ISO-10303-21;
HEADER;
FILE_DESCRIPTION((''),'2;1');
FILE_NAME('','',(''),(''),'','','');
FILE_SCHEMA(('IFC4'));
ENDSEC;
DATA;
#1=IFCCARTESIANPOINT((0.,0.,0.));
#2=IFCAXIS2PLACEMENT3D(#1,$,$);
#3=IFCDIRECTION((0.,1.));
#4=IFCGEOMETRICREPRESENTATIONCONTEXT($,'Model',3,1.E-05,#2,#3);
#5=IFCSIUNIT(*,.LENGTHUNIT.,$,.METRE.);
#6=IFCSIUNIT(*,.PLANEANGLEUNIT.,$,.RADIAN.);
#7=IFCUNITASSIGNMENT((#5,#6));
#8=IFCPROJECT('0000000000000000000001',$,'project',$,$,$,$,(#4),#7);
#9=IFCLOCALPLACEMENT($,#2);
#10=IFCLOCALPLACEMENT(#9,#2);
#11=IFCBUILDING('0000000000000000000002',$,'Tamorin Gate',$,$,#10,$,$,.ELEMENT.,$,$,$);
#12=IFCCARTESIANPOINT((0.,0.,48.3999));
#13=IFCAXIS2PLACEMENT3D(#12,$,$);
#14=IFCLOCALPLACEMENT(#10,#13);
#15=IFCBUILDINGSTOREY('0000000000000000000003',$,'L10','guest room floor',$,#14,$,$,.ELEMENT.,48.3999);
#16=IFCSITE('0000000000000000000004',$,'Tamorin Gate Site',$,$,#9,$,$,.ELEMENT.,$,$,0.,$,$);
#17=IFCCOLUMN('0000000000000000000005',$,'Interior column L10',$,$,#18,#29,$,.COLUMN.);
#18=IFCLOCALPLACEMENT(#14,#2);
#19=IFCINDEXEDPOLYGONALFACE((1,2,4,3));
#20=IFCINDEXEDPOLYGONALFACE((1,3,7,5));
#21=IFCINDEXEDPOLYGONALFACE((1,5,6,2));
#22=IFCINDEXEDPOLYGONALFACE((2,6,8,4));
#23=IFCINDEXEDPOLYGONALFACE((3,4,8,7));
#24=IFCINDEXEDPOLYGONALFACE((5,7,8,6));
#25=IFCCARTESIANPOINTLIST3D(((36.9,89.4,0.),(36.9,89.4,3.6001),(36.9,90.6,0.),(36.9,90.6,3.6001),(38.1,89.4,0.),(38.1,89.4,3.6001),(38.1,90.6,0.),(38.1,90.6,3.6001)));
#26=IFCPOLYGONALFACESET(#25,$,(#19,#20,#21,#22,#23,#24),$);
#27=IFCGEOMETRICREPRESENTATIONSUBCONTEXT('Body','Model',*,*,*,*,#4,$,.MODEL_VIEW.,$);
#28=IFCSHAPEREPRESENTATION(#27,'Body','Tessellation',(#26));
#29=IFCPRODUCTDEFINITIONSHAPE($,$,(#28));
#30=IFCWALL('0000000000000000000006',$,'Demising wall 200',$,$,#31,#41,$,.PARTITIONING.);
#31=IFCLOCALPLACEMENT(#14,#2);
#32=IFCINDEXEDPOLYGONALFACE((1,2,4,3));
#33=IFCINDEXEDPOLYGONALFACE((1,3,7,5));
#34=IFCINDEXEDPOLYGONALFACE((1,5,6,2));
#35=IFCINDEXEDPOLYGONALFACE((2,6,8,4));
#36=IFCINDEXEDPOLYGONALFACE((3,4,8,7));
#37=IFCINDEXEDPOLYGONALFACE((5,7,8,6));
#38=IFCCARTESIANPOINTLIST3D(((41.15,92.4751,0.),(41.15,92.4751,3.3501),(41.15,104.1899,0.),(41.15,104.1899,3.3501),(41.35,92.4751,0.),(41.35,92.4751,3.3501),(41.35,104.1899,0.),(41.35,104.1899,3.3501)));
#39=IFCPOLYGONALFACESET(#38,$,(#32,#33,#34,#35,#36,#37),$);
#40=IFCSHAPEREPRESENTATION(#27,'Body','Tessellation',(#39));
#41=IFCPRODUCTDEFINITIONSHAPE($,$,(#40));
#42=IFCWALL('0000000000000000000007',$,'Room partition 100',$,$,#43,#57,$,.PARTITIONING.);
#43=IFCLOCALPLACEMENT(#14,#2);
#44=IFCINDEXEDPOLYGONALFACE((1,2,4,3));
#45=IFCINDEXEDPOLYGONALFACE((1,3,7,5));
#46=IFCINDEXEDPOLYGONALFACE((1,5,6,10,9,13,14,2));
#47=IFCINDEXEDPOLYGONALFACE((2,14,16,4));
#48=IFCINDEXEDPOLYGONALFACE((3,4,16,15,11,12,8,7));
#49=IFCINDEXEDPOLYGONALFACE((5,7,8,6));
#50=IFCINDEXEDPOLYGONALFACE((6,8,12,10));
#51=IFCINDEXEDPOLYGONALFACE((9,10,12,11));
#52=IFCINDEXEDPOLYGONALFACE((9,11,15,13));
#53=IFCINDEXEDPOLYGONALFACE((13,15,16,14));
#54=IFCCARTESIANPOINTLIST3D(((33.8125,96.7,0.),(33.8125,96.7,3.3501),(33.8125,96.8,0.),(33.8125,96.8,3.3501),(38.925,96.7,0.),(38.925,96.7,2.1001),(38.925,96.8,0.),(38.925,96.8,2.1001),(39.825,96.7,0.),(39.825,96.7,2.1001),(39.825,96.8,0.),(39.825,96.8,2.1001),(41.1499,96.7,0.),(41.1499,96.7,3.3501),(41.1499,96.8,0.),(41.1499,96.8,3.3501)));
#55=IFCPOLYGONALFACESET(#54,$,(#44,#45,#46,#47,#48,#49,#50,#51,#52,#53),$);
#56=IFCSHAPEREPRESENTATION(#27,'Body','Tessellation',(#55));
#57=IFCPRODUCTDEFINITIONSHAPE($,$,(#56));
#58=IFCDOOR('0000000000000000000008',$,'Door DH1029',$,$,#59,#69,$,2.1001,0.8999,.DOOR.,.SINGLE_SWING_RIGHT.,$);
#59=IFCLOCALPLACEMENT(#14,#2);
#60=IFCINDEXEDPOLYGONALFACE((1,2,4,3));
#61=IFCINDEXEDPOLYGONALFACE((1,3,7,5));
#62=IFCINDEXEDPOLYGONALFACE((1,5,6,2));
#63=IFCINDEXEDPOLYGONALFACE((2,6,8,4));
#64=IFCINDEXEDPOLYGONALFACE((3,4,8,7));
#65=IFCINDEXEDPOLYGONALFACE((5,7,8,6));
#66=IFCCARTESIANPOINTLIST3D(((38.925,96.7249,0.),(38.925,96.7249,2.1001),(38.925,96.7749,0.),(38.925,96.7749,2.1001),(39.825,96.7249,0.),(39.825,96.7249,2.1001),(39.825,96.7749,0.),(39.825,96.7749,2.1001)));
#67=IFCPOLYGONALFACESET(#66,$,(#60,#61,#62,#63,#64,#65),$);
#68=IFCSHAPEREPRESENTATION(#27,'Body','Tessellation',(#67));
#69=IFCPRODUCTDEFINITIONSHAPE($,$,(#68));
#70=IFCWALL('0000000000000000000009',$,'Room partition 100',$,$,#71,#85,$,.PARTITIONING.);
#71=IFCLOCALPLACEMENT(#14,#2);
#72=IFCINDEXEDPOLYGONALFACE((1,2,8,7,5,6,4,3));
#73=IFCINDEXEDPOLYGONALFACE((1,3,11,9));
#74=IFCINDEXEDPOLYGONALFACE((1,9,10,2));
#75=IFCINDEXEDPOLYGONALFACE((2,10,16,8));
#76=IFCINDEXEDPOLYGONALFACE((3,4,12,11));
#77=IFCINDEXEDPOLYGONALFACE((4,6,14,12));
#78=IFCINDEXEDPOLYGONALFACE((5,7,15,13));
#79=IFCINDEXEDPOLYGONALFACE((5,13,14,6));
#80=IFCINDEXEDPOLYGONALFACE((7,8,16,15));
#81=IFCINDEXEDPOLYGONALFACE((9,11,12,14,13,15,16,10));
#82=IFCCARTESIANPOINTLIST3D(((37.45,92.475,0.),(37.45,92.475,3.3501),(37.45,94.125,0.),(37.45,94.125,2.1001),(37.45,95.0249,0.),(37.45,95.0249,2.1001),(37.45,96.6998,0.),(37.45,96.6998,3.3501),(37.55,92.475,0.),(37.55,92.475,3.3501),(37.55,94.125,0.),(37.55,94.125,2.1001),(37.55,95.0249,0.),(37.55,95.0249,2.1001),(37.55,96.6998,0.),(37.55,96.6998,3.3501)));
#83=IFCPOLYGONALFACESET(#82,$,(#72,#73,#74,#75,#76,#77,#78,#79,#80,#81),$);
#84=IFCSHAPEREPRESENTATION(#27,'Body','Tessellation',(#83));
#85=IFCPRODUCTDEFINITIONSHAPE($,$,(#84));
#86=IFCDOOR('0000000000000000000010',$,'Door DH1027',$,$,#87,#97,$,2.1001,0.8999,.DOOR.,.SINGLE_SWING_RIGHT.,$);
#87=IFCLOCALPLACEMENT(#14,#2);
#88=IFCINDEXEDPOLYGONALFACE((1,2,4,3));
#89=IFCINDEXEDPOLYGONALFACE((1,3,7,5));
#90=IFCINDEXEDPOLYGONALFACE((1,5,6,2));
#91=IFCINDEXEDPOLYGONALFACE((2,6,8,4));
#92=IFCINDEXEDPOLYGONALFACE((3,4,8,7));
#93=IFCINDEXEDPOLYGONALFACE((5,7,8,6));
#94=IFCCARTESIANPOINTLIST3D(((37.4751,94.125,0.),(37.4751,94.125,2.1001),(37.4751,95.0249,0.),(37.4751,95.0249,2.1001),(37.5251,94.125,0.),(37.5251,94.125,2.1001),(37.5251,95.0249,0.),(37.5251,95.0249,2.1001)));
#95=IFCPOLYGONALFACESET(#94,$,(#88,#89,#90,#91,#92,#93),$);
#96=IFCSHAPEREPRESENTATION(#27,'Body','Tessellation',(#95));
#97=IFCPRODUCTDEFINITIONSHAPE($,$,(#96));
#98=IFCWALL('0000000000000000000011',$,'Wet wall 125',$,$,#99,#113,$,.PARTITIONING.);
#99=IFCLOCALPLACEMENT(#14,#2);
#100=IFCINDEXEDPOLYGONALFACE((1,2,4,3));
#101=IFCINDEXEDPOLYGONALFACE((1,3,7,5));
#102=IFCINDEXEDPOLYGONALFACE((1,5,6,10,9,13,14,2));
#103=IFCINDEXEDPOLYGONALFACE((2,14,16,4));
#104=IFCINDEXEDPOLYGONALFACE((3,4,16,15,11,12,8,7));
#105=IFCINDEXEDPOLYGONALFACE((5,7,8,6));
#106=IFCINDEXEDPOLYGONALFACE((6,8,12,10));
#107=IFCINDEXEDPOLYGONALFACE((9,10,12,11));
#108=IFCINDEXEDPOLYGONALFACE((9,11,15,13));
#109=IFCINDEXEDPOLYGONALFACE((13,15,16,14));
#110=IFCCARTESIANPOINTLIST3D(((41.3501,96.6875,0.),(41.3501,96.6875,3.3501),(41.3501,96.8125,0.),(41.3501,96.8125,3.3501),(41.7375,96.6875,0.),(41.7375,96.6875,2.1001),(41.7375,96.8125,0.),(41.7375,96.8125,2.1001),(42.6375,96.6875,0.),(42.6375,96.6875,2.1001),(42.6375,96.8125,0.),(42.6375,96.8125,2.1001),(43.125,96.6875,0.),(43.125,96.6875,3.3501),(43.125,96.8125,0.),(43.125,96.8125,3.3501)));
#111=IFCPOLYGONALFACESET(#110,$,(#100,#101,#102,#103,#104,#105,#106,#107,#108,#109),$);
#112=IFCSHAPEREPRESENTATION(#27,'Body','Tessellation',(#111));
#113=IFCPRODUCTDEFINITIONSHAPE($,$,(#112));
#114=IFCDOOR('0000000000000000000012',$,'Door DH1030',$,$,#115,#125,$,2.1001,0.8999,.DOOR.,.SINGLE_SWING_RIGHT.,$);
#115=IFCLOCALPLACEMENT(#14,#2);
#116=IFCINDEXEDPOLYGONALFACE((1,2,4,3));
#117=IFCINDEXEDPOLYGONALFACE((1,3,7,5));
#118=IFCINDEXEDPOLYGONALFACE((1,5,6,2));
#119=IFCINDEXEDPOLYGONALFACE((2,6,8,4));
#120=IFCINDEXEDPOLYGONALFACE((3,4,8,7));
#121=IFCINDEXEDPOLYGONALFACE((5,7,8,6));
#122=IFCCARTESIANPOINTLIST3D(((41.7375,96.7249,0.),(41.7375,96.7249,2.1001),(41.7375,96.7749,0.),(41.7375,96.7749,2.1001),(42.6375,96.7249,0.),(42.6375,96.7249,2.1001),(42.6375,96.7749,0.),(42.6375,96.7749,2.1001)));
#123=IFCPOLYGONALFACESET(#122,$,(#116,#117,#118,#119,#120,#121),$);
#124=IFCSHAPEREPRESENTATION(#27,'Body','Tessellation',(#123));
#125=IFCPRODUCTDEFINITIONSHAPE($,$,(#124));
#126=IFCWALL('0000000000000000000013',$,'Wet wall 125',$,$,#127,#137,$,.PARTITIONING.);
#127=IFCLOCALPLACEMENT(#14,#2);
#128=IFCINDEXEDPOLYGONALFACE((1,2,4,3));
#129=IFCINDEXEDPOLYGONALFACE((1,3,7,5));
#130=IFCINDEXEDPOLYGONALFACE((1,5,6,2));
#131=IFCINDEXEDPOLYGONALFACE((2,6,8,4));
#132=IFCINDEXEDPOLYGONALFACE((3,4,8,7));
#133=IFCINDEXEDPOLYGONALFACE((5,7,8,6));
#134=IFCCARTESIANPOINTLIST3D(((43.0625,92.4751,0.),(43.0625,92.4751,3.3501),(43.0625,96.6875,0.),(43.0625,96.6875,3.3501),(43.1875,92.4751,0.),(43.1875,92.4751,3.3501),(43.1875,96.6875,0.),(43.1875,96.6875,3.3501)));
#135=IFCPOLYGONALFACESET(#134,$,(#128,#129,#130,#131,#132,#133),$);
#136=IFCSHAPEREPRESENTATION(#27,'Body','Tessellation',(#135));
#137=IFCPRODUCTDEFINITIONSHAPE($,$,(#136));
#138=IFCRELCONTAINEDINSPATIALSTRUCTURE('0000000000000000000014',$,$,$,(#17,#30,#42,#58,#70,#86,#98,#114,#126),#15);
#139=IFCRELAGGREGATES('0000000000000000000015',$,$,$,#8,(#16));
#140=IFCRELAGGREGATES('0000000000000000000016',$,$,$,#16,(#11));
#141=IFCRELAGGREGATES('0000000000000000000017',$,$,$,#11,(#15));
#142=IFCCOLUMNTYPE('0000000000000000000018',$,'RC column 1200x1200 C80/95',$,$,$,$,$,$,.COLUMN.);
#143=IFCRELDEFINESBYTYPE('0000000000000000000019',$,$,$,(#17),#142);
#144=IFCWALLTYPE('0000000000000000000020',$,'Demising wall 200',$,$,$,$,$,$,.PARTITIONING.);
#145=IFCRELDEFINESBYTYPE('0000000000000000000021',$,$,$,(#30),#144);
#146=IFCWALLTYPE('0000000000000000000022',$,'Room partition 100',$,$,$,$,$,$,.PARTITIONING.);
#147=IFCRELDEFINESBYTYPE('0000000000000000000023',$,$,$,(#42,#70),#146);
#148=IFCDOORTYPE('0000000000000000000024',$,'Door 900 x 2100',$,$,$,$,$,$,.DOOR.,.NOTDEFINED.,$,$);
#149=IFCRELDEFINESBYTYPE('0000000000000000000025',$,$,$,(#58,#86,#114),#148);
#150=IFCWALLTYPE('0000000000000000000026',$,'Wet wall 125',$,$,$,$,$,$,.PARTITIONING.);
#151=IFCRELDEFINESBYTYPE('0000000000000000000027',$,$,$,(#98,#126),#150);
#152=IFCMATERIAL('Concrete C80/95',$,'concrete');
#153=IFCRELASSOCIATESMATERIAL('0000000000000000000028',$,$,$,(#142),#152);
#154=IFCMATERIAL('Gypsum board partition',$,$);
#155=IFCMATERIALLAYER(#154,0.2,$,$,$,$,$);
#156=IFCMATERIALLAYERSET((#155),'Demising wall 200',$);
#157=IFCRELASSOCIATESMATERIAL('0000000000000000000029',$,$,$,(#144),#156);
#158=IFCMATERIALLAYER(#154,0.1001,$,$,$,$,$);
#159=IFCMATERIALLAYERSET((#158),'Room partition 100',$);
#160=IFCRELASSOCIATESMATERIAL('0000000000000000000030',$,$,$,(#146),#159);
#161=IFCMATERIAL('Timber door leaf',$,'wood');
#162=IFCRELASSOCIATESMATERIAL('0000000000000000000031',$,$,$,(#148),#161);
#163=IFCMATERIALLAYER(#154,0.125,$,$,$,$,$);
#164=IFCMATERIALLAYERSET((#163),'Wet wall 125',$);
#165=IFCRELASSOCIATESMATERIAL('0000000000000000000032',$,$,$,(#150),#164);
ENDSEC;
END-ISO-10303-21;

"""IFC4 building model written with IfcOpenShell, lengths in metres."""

from ifc_helpers import new_model, si_unit, direction, frame, frame_2d, origin, origin_2d, place, context, subcontext, project, spatial, rectangle, extrude, material, layer, layer_set, material_profile, profile_set, type_object, element, fill, save


model = new_model("IFC4")

# Units and contexts
model_context = context("Model", 3, precision=1e-05, world=origin(), true_north=direction((0.0, 1.0)))
body_context = subcontext(model_context, "Body", "Model", "MODEL_VIEW")
ifc_project = project(units=[si_unit("LENGTHUNIT", "METRE"), si_unit("PLANEANGLEUNIT", "RADIAN")], contexts=[model_context])

# Site, building, storey
site_placement = place(None, origin())
site = spatial("IfcSite", under=ifc_project, at=site_placement, Name="Tamorin Gate Site", CompositionType="ELEMENT", RefElevation=0.0)
building_placement = place(site_placement, origin())
building = spatial("IfcBuilding", under=site, at=building_placement, Name="Tamorin Gate", CompositionType="ELEMENT")
storey_placement = place(building_placement, frame((0.0, 0.0, 48.3999)))
storey = spatial("IfcBuildingStorey", under=building, at=storey_placement, Name="L10", Description="guest room floor", CompositionType="ELEMENT", Elevation=48.3999)

# Column
ifc_material_1 = material(Name="Concrete C80/95", Category="concrete")
ifc_material_profile = material_profile(ifc_material_1, rectangle(XDim=1.2, YDim=1.2, at=origin_2d()), Name="RC 1200x1200")
ifc_profile_set = profile_set([ifc_material_profile], Name="Concrete C80/95")
column_type = type_object("IfcColumnType", Name="RC column 1200x1200 C80/95", PredefinedType="COLUMN", material=ifc_profile_set)
column_placement = place(storey_placement, frame((37.5, 90.0, 0.0), z_axis=(0.0, 0.0, 1.0), x_axis=(1.0, 0.0, 0.0)))
element("IfcColumn", 1, at=column_placement, inside=storey, type_object=column_type, Name="Interior column L10", PredefinedType="COLUMN", context=body_context, shape_type="SweptSolid", body=[
    extrude(rectangle(XDim=1.2, YDim=1.2, at=origin_2d()), origin(), (0.0, 0.0, 1.0), 3.6001),
])

# Wall
ifc_material_2 = material(Name="Gypsum board partition")
ifc_layer_1 = layer(ifc_material_2, 0.2)
ifc_layer_set_1 = layer_set([ifc_layer_1], Name="Demising wall 200")
wall_type_1 = type_object("IfcWallType", Name="Demising wall 200", PredefinedType="PARTITIONING", material=ifc_layer_set_1)
wall_1_placement = place(storey_placement, frame((41.25, 92.4751, 0.0), z_axis=(0.0, 0.0, 1.0), x_axis=(0.0, 1.0, 0.0)))
element("IfcWall", 2, at=wall_1_placement, inside=storey, type_object=wall_type_1, Name="Demising wall 200", PredefinedType="PARTITIONING", context=body_context, shape_type="SweptSolid", body=[
    extrude(rectangle(XDim=11.7148, YDim=0.2, at=frame_2d((5.8574, 0.0))), origin(), (0.0, 0.0, 1.0), 3.3501),
])

# Walls, openings, doors
ifc_layer_2 = layer(ifc_material_2, 0.1001)
ifc_layer_set_2 = layer_set([ifc_layer_2], Name="Room partition 100")
wall_type_2 = type_object("IfcWallType", Name="Room partition 100", PredefinedType="PARTITIONING", material=ifc_layer_set_2)
wall_2_placement = place(storey_placement, frame((33.8125, 96.75, 0.0), z_axis=(0.0, 0.0, 1.0), x_axis=(1.0, 0.0, 0.0)))
wall_2 = element("IfcWall", 3, at=wall_2_placement, inside=storey, type_object=wall_type_2, Name="Room partition 100", PredefinedType="PARTITIONING", context=body_context, shape_type="SweptSolid", body=[
    extrude(rectangle(XDim=7.3374, YDim=0.1001, at=frame_2d((3.6687, 0.0))), origin(), (0.0, 0.0, 1.0), 3.3501),
])
opening_1_placement = place(wall_2_placement, frame((5.1125, 0.0, 0.0)))
opening_1 = element("IfcOpeningElement", 4, at=opening_1_placement, cuts=wall_2, PredefinedType="OPENING", context=body_context, shape_type="SweptSolid", body=[
    extrude(rectangle(XDim=0.8999, YDim=2.1001, at=frame_2d((0.45, 1.05))), frame((0.0, 0.0601, 0.0), z_axis=(0.0, -1.0, 0.0), x_axis=(1.0, 0.0, 0.0)), (0.0, 0.0, 1.0), 0.1201),
])
ifc_material_3 = material(Name="Timber door leaf", Category="wood")
door_type = type_object("IfcDoorType", Name="Door 900 x 2100", OperationType="NOTDEFINED", PredefinedType="DOOR", material=ifc_material_3)
door_1_placement = place(opening_1_placement, origin())
door_1 = element("IfcDoor", 5, at=door_1_placement, inside=storey, type_object=door_type, Name="Door DH1029", OperationType="SINGLE_SWING_RIGHT", OverallHeight=2.1001, OverallWidth=0.8999, PredefinedType="DOOR", context=body_context, shape_type="SweptSolid", body=[
    extrude(rectangle(XDim=0.8999, YDim=2.1001, at=frame_2d((0.45, 1.05))), frame((0.0, 0.0249, 0.0), z_axis=(0.0, -1.0, 0.0), x_axis=(1.0, 0.0, 0.0)), (0.0, 0.0, 1.0), 0.05),
])
fill(opening_1, door_1)
wall_3_placement = place(storey_placement, frame((37.5, 92.4751, 0.0), z_axis=(0.0, 0.0, 1.0), x_axis=(0.0, 1.0, 0.0)))
wall_3 = element("IfcWall", 6, at=wall_3_placement, inside=storey, type_object=wall_type_2, Name="Room partition 100", PredefinedType="PARTITIONING", context=body_context, shape_type="SweptSolid", body=[
    extrude(rectangle(XDim=4.2249, YDim=0.1001, at=frame_2d((2.1123, 0.0))), origin(), (0.0, 0.0, 1.0), 3.3501),
])
opening_2_placement = place(wall_3_placement, frame((1.6499, 0.0, 0.0)))
opening_2 = element("IfcOpeningElement", 7, at=opening_2_placement, cuts=wall_3, PredefinedType="OPENING", context=body_context, shape_type="SweptSolid", body=[
    extrude(rectangle(XDim=0.8999, YDim=2.1001, at=frame_2d((0.45, 1.05))), frame((0.0, 0.0601, 0.0), z_axis=(0.0, -1.0, 0.0), x_axis=(1.0, 0.0, 0.0)), (0.0, 0.0, 1.0), 0.1201),
])
door_2_placement = place(opening_2_placement, origin())
door_2 = element("IfcDoor", 8, at=door_2_placement, inside=storey, type_object=door_type, Name="Door DH1027", OperationType="SINGLE_SWING_RIGHT", OverallHeight=2.1001, OverallWidth=0.8999, PredefinedType="DOOR", context=body_context, shape_type="SweptSolid", body=[
    extrude(rectangle(XDim=0.8999, YDim=2.1001, at=frame_2d((0.45, 1.05))), frame((0.0, 0.0249, 0.0), z_axis=(0.0, -1.0, 0.0), x_axis=(1.0, 0.0, 0.0)), (0.0, 0.0, 1.0), 0.05),
])
fill(opening_2, door_2)
ifc_layer_3 = layer(ifc_material_2, 0.125)
ifc_layer_set_3 = layer_set([ifc_layer_3], Name="Wet wall 125")
wall_type_3 = type_object("IfcWallType", Name="Wet wall 125", PredefinedType="PARTITIONING", material=ifc_layer_set_3)
wall_4_placement = place(storey_placement, frame((41.3501, 96.75, 0.0), z_axis=(0.0, 0.0, 1.0), x_axis=(1.0, 0.0, 0.0)))
wall_4 = element("IfcWall", 9, at=wall_4_placement, inside=storey, type_object=wall_type_3, Name="Wet wall 125", PredefinedType="PARTITIONING", context=body_context, shape_type="SweptSolid", body=[
    extrude(rectangle(XDim=1.7749, YDim=0.125, at=frame_2d((0.8875, 0.0))), origin(), (0.0, 0.0, 1.0), 3.3501),
])
opening_3_placement = place(wall_4_placement, frame((0.3875, 0.0, 0.0)))
opening_3 = element("IfcOpeningElement", 10, at=opening_3_placement, cuts=wall_4, PredefinedType="OPENING", context=body_context, shape_type="SweptSolid", body=[
    extrude(rectangle(XDim=0.8999, YDim=2.1001, at=frame_2d((0.45, 1.05))), frame((0.0, 0.0725, 0.0), z_axis=(0.0, -1.0, 0.0), x_axis=(1.0, 0.0, 0.0)), (0.0, 0.0, 1.0), 0.145),
])
door_3_placement = place(opening_3_placement, origin())
door_3 = element("IfcDoor", 11, at=door_3_placement, inside=storey, type_object=door_type, Name="Door DH1030", OperationType="SINGLE_SWING_RIGHT", OverallHeight=2.1001, OverallWidth=0.8999, PredefinedType="DOOR", context=body_context, shape_type="SweptSolid", body=[
    extrude(rectangle(XDim=0.8999, YDim=2.1001, at=frame_2d((0.45, 1.05))), frame((0.0, 0.0249, 0.0), z_axis=(0.0, -1.0, 0.0), x_axis=(1.0, 0.0, 0.0)), (0.0, 0.0, 1.0), 0.05),
])
fill(opening_3, door_3)

# Wall
wall_5_placement = place(storey_placement, frame((43.125, 92.4751, 0.0), z_axis=(0.0, 0.0, 1.0), x_axis=(0.0, 1.0, 0.0)))
element("IfcWall", 12, at=wall_5_placement, inside=storey, type_object=wall_type_3, Name="Wet wall 125", PredefinedType="PARTITIONING", context=body_context, shape_type="SweptSolid", body=[
    extrude(rectangle(XDim=4.2124, YDim=0.125, at=frame_2d((2.1062, 0.0))), origin(), (0.0, 0.0, 1.0), 3.3501),
])

save(model, "model.ifc")
